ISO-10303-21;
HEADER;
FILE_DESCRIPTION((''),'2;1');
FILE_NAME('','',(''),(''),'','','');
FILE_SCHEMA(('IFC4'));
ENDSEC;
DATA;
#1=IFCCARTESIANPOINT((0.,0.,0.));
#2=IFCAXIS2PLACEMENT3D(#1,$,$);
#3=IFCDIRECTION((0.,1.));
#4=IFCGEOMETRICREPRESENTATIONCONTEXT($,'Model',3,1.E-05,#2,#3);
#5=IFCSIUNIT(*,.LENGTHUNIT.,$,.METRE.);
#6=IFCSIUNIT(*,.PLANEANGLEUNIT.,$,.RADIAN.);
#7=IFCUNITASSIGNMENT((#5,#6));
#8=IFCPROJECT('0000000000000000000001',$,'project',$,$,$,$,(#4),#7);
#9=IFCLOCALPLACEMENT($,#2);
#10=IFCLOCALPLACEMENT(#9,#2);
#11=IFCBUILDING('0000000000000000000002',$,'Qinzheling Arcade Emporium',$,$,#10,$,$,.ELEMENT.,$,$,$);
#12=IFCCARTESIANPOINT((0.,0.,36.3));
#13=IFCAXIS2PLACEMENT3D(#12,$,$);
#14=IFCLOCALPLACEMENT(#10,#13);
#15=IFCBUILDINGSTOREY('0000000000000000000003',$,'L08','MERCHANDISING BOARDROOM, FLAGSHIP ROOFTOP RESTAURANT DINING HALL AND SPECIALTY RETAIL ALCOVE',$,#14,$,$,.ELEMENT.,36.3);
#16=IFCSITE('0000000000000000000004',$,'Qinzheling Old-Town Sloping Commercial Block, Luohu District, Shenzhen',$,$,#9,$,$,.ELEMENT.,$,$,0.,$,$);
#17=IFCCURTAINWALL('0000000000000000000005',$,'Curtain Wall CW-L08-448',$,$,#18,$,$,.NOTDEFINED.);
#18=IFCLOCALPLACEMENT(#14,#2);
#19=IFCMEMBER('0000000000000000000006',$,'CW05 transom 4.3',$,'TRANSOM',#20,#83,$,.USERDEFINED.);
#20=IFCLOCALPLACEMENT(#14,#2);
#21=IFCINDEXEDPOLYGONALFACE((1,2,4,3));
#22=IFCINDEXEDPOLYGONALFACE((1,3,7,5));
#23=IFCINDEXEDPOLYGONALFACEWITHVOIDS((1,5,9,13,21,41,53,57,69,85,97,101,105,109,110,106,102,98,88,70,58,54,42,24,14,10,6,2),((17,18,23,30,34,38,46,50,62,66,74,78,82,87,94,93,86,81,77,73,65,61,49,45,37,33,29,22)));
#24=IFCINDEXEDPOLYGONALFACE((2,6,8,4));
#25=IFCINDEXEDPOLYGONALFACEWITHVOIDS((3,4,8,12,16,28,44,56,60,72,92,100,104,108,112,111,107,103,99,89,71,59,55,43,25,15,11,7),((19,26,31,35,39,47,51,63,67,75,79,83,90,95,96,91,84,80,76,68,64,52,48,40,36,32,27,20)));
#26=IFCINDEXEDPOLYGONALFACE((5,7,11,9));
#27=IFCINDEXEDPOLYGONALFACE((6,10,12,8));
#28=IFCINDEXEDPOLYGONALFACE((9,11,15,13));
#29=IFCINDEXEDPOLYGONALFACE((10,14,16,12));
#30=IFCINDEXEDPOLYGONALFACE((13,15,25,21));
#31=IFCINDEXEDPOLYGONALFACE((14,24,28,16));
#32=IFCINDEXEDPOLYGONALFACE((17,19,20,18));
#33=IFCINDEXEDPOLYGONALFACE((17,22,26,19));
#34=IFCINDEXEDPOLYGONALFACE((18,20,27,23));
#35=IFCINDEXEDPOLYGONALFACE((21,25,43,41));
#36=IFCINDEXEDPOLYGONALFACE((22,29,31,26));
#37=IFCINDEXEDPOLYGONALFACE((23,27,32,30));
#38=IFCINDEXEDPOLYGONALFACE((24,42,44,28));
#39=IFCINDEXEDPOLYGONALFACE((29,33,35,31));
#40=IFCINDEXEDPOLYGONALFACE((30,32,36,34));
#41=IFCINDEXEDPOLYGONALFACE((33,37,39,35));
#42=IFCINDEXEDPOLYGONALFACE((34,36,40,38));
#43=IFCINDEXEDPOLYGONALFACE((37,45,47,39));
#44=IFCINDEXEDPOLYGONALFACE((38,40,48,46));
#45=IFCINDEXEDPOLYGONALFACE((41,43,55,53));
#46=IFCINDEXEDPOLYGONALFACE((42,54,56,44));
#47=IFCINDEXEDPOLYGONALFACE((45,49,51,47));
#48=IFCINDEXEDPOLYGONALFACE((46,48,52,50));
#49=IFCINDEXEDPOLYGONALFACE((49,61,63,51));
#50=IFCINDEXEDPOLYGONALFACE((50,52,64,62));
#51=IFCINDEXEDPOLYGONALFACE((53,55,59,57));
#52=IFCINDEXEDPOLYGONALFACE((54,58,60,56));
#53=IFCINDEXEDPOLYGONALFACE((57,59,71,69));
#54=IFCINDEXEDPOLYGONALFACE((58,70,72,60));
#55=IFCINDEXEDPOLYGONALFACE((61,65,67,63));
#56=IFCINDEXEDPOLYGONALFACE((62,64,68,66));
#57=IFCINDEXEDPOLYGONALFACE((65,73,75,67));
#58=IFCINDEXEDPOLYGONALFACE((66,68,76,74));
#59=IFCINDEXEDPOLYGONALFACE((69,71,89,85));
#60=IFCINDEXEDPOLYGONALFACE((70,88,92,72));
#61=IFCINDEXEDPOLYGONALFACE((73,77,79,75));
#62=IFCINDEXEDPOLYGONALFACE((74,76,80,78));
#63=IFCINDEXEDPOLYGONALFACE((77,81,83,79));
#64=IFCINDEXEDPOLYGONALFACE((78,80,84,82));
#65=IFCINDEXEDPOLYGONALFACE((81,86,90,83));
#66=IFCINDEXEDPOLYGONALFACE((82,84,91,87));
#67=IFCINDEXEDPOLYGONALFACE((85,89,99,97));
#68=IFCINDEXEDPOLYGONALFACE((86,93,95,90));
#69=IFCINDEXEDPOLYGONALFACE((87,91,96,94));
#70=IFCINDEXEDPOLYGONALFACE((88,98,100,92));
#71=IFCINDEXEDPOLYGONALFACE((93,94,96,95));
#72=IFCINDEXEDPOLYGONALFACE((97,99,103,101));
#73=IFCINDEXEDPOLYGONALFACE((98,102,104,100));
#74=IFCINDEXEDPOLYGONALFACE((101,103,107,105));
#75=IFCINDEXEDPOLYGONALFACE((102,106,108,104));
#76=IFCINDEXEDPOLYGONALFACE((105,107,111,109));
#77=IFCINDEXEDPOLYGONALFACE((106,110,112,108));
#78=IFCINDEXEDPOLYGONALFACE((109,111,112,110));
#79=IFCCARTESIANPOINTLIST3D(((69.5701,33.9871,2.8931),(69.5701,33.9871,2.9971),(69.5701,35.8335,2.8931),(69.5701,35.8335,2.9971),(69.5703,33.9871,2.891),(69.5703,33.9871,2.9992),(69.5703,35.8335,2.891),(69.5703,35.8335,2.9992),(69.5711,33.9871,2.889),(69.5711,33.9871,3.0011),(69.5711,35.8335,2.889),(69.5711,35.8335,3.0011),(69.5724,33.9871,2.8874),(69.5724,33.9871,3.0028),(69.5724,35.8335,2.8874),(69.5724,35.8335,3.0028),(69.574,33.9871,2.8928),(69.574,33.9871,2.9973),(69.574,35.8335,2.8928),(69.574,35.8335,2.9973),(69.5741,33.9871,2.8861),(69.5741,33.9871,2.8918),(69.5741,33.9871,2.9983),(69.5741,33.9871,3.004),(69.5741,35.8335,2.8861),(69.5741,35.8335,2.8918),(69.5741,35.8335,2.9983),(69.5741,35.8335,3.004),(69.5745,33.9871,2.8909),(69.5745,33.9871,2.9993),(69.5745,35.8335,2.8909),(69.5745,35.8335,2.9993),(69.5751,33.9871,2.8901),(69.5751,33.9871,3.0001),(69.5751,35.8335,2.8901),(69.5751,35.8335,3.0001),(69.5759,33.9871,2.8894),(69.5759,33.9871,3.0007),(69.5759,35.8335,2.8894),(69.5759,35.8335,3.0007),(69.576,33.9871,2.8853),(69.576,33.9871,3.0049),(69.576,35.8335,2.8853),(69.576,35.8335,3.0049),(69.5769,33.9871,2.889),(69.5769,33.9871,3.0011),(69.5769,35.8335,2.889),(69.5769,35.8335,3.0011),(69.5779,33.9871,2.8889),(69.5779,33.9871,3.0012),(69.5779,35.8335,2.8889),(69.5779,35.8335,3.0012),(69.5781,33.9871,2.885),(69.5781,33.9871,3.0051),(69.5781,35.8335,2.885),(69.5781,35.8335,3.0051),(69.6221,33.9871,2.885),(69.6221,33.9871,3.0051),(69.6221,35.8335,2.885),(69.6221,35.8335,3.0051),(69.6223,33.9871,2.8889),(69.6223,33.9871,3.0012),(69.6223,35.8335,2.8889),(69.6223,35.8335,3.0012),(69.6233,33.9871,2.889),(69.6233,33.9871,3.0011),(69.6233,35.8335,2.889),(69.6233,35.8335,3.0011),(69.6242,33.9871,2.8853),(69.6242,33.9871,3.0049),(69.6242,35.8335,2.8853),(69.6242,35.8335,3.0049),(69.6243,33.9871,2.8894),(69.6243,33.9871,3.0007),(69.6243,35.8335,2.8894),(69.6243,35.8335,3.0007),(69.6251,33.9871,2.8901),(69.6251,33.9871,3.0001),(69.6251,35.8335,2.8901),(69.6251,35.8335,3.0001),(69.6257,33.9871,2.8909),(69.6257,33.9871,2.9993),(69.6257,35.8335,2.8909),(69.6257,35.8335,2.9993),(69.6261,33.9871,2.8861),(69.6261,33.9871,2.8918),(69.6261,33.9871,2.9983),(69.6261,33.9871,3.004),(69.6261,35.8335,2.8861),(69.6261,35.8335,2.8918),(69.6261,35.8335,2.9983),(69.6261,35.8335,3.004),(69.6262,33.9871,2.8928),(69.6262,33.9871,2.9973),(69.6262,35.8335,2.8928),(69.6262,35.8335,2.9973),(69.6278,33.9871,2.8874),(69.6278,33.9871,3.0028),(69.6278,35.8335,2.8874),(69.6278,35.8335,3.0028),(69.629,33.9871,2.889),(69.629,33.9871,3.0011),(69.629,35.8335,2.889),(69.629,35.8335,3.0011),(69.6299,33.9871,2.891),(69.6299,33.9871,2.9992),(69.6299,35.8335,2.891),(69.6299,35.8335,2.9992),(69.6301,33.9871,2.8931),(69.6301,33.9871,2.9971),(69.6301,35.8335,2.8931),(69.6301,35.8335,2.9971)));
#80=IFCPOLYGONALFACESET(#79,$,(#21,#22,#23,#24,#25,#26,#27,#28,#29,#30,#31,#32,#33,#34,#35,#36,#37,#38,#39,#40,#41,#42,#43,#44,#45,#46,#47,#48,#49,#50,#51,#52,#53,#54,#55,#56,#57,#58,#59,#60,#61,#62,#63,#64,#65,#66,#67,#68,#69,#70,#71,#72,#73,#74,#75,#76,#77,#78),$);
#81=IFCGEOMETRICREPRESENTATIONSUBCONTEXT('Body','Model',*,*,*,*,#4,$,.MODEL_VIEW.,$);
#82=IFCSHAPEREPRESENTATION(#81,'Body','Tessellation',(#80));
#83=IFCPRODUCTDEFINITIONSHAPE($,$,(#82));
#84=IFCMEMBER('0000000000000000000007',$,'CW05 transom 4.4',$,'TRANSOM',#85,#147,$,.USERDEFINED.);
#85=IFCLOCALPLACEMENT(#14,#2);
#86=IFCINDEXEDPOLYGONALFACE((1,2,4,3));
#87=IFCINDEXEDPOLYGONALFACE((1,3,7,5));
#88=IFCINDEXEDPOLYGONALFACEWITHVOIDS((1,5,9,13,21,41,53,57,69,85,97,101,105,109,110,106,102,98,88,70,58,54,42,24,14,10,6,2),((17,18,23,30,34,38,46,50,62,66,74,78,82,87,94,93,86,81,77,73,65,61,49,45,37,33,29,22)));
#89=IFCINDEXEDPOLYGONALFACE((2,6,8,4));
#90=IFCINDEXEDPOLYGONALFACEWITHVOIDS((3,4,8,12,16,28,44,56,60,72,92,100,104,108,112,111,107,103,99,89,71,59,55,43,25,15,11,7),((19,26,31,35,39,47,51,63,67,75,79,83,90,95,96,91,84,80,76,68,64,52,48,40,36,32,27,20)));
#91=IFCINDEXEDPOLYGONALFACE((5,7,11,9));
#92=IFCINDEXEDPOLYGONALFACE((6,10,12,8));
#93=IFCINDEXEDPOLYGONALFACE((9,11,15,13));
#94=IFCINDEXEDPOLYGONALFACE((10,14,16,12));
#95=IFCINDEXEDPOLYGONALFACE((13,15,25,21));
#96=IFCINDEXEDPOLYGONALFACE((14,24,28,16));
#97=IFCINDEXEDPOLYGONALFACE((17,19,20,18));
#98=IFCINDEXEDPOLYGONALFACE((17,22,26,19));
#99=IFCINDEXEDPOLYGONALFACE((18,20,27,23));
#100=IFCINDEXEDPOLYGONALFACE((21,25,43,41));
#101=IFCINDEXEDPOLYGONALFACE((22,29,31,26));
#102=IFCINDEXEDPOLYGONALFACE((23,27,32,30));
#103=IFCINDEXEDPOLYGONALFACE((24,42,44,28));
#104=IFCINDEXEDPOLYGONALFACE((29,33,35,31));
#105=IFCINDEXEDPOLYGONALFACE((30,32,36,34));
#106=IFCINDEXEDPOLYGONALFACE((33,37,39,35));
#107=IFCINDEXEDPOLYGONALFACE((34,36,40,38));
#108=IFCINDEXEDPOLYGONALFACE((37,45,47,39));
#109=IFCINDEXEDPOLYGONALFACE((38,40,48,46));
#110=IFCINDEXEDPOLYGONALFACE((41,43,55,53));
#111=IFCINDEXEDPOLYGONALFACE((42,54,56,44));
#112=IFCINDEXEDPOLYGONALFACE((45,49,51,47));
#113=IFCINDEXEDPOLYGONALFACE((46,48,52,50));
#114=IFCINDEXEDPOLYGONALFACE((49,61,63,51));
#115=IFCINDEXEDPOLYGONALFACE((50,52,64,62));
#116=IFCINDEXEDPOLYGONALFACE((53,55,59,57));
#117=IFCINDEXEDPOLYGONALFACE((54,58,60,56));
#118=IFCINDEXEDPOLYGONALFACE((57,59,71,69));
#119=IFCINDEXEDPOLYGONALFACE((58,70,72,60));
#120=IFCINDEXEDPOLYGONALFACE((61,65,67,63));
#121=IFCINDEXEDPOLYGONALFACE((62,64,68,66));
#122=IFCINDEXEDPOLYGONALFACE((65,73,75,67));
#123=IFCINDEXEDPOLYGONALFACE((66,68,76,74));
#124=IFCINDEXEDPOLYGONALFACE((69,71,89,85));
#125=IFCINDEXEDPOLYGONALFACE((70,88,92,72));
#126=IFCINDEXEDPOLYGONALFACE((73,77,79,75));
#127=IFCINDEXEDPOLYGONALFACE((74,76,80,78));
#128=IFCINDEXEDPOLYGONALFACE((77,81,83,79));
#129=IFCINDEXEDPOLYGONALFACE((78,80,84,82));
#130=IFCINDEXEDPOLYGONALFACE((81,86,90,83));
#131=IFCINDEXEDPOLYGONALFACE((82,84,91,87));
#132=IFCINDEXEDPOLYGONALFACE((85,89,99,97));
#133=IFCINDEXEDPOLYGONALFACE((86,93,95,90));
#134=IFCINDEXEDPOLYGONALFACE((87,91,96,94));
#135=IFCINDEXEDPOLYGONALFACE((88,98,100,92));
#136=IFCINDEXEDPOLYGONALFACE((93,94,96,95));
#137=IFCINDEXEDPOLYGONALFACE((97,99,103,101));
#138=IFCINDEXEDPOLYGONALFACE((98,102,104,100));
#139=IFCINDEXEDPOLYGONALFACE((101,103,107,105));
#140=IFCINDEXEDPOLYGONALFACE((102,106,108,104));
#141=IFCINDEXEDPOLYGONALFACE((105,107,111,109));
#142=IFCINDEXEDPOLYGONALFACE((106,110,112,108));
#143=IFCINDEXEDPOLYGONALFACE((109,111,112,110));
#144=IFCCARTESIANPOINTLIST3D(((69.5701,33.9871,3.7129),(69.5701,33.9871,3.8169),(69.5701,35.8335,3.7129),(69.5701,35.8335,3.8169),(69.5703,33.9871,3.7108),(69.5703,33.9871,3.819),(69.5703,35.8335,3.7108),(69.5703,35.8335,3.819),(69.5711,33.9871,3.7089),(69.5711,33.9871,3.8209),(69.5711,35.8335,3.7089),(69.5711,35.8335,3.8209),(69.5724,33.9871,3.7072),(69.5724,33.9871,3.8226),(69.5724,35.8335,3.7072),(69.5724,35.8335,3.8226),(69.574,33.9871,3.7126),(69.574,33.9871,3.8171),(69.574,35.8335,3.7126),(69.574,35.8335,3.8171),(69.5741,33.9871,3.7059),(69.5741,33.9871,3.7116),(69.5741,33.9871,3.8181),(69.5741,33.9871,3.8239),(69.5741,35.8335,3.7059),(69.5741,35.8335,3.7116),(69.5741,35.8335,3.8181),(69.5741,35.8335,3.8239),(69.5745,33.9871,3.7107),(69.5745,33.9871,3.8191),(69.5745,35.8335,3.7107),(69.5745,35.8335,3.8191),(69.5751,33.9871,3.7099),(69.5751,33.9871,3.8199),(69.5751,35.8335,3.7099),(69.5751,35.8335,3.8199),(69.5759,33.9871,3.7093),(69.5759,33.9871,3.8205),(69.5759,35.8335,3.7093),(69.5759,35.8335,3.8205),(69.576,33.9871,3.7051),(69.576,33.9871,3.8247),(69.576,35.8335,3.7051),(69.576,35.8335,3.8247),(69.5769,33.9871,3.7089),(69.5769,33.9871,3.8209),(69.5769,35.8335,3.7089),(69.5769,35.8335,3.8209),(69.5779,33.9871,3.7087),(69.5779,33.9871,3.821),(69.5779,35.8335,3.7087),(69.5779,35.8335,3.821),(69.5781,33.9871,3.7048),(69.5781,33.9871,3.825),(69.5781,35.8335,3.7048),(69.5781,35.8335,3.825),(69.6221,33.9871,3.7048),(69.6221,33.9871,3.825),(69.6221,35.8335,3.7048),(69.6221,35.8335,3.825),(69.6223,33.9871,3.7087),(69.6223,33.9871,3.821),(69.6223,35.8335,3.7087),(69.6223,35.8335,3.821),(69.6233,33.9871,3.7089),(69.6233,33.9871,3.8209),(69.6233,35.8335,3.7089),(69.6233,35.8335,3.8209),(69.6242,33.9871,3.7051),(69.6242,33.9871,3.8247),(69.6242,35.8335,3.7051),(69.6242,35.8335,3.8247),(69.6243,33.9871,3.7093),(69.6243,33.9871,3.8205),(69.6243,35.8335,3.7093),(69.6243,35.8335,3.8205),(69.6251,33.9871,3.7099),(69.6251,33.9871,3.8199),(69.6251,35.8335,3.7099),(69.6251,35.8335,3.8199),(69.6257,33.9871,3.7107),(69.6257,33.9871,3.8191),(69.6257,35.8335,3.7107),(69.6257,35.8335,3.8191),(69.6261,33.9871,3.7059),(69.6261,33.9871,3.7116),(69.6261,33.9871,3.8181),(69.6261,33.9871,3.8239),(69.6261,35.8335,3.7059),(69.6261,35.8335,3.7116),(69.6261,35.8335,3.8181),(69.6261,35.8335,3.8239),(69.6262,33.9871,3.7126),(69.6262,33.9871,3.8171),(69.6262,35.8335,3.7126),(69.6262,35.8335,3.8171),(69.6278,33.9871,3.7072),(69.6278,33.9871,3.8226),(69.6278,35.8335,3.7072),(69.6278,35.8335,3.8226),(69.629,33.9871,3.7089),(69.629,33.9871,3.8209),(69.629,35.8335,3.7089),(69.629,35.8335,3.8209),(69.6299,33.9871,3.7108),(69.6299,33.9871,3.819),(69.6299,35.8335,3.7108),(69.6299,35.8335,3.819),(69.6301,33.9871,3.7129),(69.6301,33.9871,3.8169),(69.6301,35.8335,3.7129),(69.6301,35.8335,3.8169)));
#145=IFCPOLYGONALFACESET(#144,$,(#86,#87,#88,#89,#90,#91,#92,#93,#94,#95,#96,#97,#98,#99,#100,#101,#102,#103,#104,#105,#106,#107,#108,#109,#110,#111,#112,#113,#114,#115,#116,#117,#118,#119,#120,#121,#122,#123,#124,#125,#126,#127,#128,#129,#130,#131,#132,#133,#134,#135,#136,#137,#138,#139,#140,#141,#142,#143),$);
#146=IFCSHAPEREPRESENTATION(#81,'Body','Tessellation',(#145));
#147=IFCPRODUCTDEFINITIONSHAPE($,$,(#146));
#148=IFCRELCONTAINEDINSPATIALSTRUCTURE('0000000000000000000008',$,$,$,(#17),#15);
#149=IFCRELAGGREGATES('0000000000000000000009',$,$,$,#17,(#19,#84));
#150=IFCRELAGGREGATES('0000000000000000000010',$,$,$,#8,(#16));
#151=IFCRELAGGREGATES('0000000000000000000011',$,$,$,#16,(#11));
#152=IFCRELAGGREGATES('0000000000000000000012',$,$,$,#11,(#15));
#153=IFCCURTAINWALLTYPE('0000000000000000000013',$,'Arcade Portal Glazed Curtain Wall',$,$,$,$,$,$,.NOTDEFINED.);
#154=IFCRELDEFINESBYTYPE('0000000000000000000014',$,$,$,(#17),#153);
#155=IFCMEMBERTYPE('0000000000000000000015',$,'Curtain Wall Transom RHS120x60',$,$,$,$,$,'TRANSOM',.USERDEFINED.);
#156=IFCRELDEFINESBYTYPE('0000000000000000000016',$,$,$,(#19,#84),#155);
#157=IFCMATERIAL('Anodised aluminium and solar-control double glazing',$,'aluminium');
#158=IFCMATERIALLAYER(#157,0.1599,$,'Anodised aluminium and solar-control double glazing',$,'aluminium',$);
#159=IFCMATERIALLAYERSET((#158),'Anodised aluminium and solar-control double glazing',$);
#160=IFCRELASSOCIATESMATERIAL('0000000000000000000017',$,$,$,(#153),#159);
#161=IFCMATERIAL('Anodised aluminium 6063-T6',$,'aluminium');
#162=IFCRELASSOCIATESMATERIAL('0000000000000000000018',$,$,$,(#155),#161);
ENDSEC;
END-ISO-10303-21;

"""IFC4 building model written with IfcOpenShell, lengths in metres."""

from ifc_helpers import new_model, si_unit, direction, frame, origin, origin_2d, place, context, subcontext, project, spatial, hollow_rectangle, extrude, material, layer, layer_set, material_profile, profile_set, type_object, element, aggregate, save


model = new_model("IFC4")

# Units and contexts
model_context = context("Model", 3, precision=1e-05, world=origin(), true_north=direction((0.0, 1.0)))
body_context = subcontext(model_context, "Body", "Model", "MODEL_VIEW")
ifc_project = project(units=[si_unit("LENGTHUNIT", "METRE"), si_unit("PLANEANGLEUNIT", "RADIAN")], contexts=[model_context])

# Site, building, storey
site_placement = place(None, origin())
site = spatial("IfcSite", under=ifc_project, at=site_placement, Name="Qinzheling Old-Town Sloping Commercial Block, Luohu District, Shenzhen", CompositionType="ELEMENT", RefElevation=0.0)
building_placement = place(site_placement, origin())
building = spatial("IfcBuilding", under=site, at=building_placement, Name="Qinzheling Arcade Emporium", CompositionType="ELEMENT")
storey_placement = place(building_placement, frame((0.0, 0.0, 36.3)))
storey = spatial("IfcBuildingStorey", under=building, at=storey_placement, Name="L08", Description="MERCHANDISING BOARDROOM, FLAGSHIP ROOFTOP RESTAURANT DINING HALL AND SPECIALTY RETAIL ALCOVE", CompositionType="ELEMENT", Elevation=36.3)

# Curtain wall
ifc_material_1 = material(Name="Anodised aluminium and solar-control double glazing", Category="aluminium")
ifc_layer_1 = layer(ifc_material_1, 0.1599, Name="Anodised aluminium and solar-control double glazing", Category="aluminium")
ifc_layer_set_1 = layer_set([ifc_layer_1], Name="Anodised aluminium and solar-control double glazing")
curtain_wall_type = type_object("IfcCurtainWallType", Name="Arcade Portal Glazed Curtain Wall", PredefinedType="NOTDEFINED", material=ifc_layer_set_1)
curtain_wall_1_placement = place(storey_placement, origin())
curtain_wall_1 = element("IfcCurtainWall", 1, at=curtain_wall_1_placement, inside=storey, type_object=curtain_wall_type, Name="Curtain Wall CW-L08-448", PredefinedType="NOTDEFINED")
ifc_material_2 = material(Name="Anodised aluminium 6063-T6", Category="aluminium")

# Members
ifc_material_profile_1 = material_profile(ifc_material_2, hollow_rectangle(XDim=0.0601, YDim=0.1201, WallThickness=0.0039, InnerFilletRadius=0.0039, OuterFilletRadius=0.0081, at=origin_2d()), Name="RHS 120x60x4", Category="aluminium")
ifc_profile_set_1 = profile_set([ifc_material_profile_1], Name="Anodised aluminium 6063-T6")
member_type_1 = type_object("IfcMemberType", Name="Curtain Wall Transom RHS120x60", ElementType="TRANSOM", PredefinedType="USERDEFINED", material=ifc_profile_set_1)
member_1_placement = place(storey_placement, frame((69.6001, 35.8335, 2.9451), z_axis=(0.0, -1.0, 0.0), x_axis=(1.0, 0.0, 0.0)))
member_1 = element("IfcMember", 2, at=member_1_placement, type_object=member_type_1, Name="CW05 transom 4.3", ObjectType="TRANSOM", PredefinedType="USERDEFINED", context=body_context, shape_type="SweptSolid", body=[
    extrude(hollow_rectangle(XDim=0.0601, YDim=0.1201, WallThickness=0.0039, InnerFilletRadius=0.0039, OuterFilletRadius=0.0081, at=origin_2d()), origin(), (0.0, 0.0, 1.0), 1.8464),
])
member_2_placement = place(storey_placement, frame((69.6001, 35.8335, 3.7649), z_axis=(0.0, -1.0, 0.0), x_axis=(1.0, 0.0, 0.0)))
member_2 = element("IfcMember", 3, at=member_2_placement, type_object=member_type_1, Name="CW05 transom 4.4", ObjectType="TRANSOM", PredefinedType="USERDEFINED", context=body_context, shape_type="SweptSolid", body=[
    extrude(hollow_rectangle(XDim=0.0601, YDim=0.1201, WallThickness=0.0039, InnerFilletRadius=0.0039, OuterFilletRadius=0.0081, at=origin_2d()), origin(), (0.0, 0.0, 1.0), 1.8464),
])

aggregate(curtain_wall_1, [member_1, member_2])

save(model, "model.ifc")
